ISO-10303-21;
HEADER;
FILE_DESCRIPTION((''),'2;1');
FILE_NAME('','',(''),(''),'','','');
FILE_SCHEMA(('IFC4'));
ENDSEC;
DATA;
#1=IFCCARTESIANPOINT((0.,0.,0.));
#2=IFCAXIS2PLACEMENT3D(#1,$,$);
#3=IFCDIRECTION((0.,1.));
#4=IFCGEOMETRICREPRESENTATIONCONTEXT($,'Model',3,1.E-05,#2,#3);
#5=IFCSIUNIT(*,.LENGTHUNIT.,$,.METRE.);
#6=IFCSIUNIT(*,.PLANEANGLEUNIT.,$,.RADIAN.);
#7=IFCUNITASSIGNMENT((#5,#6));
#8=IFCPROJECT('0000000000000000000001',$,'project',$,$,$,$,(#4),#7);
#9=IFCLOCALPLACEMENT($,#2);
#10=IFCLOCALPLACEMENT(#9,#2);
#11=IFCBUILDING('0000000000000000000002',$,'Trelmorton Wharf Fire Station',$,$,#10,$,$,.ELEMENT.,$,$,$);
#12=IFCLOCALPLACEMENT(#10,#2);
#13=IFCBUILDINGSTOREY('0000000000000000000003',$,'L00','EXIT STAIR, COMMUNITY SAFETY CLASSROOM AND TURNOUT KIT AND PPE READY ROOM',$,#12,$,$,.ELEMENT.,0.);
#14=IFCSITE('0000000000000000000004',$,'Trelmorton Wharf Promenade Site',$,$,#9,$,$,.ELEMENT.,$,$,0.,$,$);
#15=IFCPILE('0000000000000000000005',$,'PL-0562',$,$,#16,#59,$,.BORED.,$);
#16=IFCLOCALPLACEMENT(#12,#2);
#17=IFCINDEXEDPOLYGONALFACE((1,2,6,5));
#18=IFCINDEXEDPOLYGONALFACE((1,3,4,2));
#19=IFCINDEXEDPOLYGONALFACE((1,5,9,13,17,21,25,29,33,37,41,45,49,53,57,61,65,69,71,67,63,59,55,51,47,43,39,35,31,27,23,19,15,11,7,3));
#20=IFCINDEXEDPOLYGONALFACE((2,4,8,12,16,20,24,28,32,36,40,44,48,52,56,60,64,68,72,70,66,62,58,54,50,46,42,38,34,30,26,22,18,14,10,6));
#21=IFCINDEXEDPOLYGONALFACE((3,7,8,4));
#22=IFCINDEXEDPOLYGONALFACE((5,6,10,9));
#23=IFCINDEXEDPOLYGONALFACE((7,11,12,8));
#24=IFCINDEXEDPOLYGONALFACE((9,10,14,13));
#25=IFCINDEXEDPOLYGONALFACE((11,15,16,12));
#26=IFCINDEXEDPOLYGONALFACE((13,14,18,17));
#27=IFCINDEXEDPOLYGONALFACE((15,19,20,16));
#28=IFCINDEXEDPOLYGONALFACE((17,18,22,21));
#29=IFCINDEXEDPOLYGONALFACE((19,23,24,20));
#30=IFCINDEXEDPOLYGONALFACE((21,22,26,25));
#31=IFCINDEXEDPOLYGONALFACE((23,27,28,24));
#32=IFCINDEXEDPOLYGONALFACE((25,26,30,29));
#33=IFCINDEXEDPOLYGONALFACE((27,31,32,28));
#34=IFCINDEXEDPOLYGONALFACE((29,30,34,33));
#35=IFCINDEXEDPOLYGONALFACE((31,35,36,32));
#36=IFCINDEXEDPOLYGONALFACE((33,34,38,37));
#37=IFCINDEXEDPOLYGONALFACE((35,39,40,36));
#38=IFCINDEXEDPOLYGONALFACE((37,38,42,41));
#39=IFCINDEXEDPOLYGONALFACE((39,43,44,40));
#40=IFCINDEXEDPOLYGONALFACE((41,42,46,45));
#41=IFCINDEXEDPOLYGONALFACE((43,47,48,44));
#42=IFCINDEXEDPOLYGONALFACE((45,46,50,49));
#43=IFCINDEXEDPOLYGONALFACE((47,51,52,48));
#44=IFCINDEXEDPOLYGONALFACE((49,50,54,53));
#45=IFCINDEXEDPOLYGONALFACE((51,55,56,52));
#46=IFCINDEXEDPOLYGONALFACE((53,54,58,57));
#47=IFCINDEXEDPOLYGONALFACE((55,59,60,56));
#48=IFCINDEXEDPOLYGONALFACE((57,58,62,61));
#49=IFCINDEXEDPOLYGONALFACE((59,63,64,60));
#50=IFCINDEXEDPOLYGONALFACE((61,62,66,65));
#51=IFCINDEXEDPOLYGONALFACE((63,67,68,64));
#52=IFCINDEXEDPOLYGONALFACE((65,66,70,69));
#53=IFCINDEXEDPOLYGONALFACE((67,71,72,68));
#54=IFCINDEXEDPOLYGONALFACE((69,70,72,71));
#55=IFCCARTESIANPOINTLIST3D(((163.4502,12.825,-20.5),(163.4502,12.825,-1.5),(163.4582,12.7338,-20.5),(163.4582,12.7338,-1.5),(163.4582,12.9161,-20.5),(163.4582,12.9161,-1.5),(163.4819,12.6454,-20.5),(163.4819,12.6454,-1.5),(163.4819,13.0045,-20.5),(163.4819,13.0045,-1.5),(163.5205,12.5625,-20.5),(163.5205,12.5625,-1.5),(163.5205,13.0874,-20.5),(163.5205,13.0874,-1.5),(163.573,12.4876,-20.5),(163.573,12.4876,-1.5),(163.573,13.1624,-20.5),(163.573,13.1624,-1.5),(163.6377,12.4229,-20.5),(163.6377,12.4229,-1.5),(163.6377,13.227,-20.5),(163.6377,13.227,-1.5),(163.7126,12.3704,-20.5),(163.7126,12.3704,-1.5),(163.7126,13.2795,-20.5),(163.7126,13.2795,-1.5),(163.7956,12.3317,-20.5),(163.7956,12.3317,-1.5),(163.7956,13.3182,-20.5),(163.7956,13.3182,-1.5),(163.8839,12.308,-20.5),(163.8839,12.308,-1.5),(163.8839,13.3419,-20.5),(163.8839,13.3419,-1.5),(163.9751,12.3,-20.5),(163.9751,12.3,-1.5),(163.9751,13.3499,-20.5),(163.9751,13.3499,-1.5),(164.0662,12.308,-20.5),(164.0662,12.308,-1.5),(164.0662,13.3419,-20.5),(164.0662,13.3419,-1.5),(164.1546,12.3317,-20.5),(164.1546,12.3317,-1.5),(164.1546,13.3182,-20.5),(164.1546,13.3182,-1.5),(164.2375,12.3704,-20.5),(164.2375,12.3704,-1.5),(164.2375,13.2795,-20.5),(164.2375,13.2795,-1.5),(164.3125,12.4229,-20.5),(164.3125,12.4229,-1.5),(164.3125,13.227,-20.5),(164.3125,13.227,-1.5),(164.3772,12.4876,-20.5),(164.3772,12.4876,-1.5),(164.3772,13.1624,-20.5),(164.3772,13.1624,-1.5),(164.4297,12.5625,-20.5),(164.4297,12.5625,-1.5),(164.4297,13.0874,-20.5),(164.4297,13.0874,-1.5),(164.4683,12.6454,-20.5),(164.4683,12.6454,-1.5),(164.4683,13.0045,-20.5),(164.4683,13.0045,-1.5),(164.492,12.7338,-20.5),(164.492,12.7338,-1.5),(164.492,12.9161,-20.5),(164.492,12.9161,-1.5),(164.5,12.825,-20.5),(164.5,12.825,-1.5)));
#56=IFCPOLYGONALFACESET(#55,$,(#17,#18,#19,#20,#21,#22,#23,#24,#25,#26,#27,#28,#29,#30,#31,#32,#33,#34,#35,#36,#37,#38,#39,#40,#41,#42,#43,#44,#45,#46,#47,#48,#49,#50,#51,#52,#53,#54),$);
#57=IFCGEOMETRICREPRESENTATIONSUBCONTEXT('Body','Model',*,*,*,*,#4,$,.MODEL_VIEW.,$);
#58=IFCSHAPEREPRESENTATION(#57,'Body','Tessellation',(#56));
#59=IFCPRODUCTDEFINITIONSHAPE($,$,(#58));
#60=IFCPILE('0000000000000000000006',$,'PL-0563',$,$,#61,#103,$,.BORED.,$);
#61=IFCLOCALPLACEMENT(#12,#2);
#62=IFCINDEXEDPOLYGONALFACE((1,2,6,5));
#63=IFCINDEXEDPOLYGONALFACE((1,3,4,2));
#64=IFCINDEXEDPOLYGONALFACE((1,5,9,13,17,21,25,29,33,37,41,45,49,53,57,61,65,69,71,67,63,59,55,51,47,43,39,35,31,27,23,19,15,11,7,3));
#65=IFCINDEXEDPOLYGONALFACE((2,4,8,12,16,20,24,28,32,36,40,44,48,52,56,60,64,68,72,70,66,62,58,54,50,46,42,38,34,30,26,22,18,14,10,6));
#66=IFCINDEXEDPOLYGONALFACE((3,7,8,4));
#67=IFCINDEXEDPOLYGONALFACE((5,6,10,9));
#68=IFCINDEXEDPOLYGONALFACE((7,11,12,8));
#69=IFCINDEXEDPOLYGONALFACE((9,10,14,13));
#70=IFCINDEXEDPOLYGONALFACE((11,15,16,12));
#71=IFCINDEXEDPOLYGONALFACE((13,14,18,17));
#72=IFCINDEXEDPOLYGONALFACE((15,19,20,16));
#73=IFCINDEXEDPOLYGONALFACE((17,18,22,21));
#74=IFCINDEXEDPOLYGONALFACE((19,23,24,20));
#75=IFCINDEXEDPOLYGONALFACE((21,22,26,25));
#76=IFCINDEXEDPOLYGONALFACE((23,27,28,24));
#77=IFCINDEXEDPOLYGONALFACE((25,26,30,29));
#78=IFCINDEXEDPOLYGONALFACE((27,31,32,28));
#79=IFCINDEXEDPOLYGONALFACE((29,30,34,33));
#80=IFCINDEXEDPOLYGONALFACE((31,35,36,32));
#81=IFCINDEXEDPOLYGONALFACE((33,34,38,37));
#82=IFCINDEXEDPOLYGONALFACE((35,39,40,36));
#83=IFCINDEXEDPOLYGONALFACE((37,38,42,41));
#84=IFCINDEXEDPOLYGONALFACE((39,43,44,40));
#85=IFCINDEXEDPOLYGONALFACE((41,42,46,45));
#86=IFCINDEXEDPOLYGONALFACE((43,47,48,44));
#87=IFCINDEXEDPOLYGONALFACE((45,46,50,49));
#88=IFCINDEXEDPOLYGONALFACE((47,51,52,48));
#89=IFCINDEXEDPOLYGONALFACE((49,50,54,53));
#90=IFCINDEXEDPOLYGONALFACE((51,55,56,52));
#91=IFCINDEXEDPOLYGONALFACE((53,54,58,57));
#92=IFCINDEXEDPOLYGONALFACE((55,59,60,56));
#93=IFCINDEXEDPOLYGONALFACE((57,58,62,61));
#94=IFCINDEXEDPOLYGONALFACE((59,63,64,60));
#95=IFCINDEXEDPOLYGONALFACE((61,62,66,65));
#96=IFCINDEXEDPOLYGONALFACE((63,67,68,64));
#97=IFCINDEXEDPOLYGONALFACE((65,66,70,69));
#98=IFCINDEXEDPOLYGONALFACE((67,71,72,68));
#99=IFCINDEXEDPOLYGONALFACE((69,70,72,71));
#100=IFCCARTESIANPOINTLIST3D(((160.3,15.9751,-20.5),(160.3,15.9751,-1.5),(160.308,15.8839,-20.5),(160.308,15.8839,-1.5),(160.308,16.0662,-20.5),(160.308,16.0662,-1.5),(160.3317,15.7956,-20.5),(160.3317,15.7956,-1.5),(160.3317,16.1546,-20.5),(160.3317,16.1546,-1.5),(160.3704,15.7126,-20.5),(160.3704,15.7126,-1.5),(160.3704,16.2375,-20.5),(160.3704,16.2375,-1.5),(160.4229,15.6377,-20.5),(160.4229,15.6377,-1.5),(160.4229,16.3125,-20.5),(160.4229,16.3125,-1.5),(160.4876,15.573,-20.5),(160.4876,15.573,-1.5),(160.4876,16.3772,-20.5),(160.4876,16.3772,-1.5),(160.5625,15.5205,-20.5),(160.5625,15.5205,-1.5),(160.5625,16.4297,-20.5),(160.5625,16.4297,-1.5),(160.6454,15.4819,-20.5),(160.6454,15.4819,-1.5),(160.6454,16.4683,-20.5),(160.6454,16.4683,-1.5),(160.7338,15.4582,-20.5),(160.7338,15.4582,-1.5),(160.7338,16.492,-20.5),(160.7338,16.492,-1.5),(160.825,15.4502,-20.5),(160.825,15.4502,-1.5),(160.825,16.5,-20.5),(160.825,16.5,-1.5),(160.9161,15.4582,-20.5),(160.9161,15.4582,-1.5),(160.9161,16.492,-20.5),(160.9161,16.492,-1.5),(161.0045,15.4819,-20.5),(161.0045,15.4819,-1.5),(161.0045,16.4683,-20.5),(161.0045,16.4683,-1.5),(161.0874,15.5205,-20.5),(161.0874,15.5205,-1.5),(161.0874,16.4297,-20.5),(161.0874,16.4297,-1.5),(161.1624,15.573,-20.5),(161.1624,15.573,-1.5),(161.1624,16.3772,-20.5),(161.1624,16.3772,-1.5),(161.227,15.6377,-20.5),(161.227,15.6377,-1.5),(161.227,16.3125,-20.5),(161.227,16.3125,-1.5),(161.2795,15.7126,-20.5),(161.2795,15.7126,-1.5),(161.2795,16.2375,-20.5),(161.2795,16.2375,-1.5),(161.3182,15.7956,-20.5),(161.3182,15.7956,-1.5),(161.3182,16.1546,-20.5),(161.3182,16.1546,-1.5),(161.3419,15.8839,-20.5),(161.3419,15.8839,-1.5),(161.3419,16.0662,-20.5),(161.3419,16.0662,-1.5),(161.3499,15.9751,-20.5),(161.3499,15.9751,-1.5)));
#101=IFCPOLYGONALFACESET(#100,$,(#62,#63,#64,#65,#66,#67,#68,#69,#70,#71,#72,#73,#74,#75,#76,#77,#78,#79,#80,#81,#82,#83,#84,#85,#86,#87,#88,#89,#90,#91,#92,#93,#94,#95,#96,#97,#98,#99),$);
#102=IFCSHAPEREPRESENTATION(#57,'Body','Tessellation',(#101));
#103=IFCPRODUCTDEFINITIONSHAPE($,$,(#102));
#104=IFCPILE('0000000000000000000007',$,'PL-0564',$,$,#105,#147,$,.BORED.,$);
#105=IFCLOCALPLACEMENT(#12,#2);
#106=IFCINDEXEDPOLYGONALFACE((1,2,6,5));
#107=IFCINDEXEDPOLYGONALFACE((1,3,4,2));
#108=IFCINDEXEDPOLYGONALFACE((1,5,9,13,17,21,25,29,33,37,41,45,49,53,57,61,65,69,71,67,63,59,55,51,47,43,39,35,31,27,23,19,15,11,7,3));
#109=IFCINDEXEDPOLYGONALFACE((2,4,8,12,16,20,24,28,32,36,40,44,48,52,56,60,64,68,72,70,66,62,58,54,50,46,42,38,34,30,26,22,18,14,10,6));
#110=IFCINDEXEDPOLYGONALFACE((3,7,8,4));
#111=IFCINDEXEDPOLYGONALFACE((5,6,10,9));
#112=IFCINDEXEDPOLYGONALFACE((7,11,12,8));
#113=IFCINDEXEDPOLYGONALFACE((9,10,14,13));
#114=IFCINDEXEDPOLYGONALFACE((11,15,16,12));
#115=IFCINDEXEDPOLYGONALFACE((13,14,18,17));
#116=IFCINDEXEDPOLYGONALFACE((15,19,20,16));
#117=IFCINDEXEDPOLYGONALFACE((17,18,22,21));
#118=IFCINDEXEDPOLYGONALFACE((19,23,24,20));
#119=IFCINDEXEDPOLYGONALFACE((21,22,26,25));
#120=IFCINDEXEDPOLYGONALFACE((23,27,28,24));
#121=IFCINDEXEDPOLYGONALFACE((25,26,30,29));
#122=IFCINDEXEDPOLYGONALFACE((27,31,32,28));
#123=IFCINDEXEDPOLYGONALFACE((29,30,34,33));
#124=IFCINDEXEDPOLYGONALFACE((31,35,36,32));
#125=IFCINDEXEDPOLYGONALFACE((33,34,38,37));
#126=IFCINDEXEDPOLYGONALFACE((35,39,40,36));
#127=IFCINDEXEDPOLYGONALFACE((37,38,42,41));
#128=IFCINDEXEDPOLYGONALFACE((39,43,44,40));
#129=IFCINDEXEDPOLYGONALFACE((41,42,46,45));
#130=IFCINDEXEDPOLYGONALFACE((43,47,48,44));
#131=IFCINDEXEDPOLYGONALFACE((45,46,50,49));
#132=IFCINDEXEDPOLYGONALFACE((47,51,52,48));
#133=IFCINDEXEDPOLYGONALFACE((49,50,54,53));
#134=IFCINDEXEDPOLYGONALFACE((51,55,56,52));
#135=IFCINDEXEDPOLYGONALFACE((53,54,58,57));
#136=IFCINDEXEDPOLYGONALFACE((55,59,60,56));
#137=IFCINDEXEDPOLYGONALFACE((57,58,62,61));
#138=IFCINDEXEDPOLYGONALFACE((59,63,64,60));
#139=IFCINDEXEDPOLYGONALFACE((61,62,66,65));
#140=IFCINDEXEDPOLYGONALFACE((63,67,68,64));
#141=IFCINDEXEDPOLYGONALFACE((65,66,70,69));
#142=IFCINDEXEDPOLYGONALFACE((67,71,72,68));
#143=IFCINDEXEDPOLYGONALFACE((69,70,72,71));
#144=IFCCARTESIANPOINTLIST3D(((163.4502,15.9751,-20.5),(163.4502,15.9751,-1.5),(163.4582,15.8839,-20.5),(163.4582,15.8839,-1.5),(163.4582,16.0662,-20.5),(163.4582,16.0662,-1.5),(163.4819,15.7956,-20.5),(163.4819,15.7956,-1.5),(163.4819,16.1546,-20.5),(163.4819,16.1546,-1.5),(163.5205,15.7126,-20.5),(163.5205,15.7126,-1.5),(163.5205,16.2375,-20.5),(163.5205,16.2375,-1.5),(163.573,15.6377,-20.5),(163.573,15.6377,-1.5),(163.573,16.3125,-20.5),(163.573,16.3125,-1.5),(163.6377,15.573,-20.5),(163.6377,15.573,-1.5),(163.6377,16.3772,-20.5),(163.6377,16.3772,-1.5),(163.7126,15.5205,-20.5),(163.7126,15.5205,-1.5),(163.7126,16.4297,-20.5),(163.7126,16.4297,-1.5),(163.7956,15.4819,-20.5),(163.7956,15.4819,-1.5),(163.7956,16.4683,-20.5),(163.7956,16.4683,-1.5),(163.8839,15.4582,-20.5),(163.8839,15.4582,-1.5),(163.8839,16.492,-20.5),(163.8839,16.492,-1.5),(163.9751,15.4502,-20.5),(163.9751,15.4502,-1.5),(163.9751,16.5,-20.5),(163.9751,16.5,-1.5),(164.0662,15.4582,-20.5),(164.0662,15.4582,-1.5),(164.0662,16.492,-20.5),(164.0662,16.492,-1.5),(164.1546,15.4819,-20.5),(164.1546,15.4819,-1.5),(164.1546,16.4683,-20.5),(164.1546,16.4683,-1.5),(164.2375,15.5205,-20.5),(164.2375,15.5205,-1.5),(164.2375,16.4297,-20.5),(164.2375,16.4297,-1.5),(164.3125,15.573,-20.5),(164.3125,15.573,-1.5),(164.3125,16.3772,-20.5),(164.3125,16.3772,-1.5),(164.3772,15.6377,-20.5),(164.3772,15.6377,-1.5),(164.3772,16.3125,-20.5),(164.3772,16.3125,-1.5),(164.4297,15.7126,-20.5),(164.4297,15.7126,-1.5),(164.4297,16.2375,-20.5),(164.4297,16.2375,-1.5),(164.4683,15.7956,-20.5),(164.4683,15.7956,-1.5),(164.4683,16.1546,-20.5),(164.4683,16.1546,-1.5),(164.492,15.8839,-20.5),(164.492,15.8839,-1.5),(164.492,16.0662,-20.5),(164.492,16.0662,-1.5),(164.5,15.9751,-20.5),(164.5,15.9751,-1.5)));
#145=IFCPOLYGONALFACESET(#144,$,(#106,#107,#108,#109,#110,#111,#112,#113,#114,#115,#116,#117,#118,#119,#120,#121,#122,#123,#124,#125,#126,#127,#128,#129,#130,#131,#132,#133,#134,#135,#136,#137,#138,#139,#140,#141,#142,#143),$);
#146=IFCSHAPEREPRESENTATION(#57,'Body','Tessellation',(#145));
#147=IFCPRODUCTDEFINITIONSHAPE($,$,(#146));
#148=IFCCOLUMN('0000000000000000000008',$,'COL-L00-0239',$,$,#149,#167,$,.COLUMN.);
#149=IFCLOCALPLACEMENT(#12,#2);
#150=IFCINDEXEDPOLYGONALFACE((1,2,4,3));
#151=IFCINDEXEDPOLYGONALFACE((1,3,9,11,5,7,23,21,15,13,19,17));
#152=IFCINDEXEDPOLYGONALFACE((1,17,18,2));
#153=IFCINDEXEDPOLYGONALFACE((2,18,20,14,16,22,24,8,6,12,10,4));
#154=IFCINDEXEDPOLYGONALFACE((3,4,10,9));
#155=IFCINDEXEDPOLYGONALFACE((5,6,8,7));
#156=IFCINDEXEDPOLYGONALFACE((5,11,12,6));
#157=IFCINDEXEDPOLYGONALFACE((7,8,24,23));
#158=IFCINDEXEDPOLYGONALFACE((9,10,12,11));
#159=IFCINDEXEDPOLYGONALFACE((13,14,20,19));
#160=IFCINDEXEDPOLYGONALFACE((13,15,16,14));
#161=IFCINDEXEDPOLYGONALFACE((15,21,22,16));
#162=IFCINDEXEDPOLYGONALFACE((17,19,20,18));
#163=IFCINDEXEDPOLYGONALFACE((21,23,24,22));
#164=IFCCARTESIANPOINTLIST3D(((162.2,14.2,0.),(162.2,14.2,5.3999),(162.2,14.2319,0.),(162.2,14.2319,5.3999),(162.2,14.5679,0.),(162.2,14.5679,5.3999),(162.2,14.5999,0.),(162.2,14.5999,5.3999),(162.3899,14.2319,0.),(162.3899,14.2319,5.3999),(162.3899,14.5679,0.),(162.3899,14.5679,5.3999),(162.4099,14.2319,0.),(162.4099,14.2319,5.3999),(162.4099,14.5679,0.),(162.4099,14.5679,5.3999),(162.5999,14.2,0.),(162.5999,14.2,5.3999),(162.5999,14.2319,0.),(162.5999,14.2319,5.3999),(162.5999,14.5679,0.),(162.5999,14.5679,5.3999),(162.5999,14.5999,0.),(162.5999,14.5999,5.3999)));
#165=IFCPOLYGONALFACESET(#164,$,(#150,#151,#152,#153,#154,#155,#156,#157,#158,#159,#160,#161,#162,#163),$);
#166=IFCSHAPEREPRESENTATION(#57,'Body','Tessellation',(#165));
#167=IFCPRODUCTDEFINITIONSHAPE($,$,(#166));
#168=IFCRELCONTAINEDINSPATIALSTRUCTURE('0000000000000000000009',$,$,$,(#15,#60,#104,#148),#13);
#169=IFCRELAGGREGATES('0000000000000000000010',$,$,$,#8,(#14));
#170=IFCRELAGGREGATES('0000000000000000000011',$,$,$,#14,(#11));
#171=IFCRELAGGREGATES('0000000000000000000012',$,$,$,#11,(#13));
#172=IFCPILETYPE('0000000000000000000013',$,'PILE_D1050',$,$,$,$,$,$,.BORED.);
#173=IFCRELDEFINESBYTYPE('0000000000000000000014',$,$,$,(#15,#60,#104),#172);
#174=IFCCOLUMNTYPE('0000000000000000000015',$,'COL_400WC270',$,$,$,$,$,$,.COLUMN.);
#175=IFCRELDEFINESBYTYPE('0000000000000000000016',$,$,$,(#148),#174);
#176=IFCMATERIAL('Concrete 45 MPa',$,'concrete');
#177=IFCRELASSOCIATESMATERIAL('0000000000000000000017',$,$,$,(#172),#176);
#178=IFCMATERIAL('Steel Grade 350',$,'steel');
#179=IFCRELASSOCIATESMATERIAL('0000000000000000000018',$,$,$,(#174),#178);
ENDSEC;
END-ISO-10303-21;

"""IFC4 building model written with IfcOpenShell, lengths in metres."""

from ifc_helpers import new_model, si_unit, direction, frame, origin, origin_2d, place, context, subcontext, project, spatial, circle, i_section, extrude, material, material_profile, profile_set, type_object, element, save


model = new_model("IFC4")

# Units and contexts
model_context = context("Model", 3, precision=1e-05, world=origin(), true_north=direction((0.0, 1.0)))
body_context = subcontext(model_context, "Body", "Model", "MODEL_VIEW")
ifc_project = project(units=[si_unit("LENGTHUNIT", "METRE"), si_unit("PLANEANGLEUNIT", "RADIAN")], contexts=[model_context])

# Site, building, storey
site_placement = place(None, origin())
site = spatial("IfcSite", under=ifc_project, at=site_placement, Name="Trelmorton Wharf Promenade Site", CompositionType="ELEMENT", RefElevation=0.0)
building_placement = place(site_placement, origin())
building = spatial("IfcBuilding", under=site, at=building_placement, Name="Trelmorton Wharf Fire Station", CompositionType="ELEMENT")
storey_placement = place(building_placement, origin())
storey = spatial("IfcBuildingStorey", under=building, at=storey_placement, Name="L00", Description="EXIT STAIR, COMMUNITY SAFETY CLASSROOM AND TURNOUT KIT AND PPE READY ROOM", CompositionType="ELEMENT", Elevation=0.0)

# Piles
ifc_material_1 = material(Name="Concrete 45 MPa", Category="concrete")
ifc_material_profile_1 = material_profile(ifc_material_1, circle(Radius=0.5249, at=origin_2d()), Name="PILE-D1050")
ifc_profile_set_1 = profile_set([ifc_material_profile_1], Name="Concrete 45 MPa")
pile_type = type_object("IfcPileType", Name="PILE_D1050", PredefinedType="BORED", material=ifc_profile_set_1)
for number, where, z_axis, x_axis, name in (
    (1, (163.9751, 12.825, -1.5), (0.0, 0.0, -1.0), (1.0, 0.0, 0.0), "PL-0562"),
    (2, (160.825, 15.9751, -1.5), (0.0, 0.0, -1.0), (1.0, 0.0, 0.0), "PL-0563"),
    (3, (163.9751, 15.9751, -1.5), (0.0, 0.0, -1.0), (1.0, 0.0, 0.0), "PL-0564"),
):
    element("IfcPile", number, at=place(storey_placement, frame(where, z_axis=z_axis, x_axis=x_axis)), inside=storey, type_object=pile_type, Name=name, PredefinedType="BORED", context=body_context, shape_type="SweptSolid", body=[
        extrude(circle(Radius=0.5249, at=origin_2d()), origin(), (0.0, 0.0, 1.0), 19.0),
    ])

# Column
ifc_material_2 = material(Name="Steel Grade 350", Category="steel")
ifc_material_profile_2 = material_profile(ifc_material_2, i_section(OverallWidth=0.3999, OverallDepth=0.3999, WebThickness=0.02, FlangeThickness=0.032, at=origin_2d()), Name="400WC270")
ifc_profile_set_2 = profile_set([ifc_material_profile_2], Name="Steel Grade 350")
column_type = type_object("IfcColumnType", Name="COL_400WC270", PredefinedType="COLUMN", material=ifc_profile_set_2)
column_placement = place(storey_placement, frame((162.3999, 14.3999, 0.0), z_axis=(0.0, 0.0, 1.0), x_axis=(1.0, 0.0, 0.0)))
element("IfcColumn", 4, at=column_placement, inside=storey, type_object=column_type, Name="COL-L00-0239", PredefinedType="COLUMN", context=body_context, shape_type="SweptSolid", body=[
    extrude(i_section(OverallWidth=0.3999, OverallDepth=0.3999, WebThickness=0.02, FlangeThickness=0.032, at=origin_2d()), origin(), (0.0, 0.0, 1.0), 5.3999),
])

save(model, "model.ifc")
